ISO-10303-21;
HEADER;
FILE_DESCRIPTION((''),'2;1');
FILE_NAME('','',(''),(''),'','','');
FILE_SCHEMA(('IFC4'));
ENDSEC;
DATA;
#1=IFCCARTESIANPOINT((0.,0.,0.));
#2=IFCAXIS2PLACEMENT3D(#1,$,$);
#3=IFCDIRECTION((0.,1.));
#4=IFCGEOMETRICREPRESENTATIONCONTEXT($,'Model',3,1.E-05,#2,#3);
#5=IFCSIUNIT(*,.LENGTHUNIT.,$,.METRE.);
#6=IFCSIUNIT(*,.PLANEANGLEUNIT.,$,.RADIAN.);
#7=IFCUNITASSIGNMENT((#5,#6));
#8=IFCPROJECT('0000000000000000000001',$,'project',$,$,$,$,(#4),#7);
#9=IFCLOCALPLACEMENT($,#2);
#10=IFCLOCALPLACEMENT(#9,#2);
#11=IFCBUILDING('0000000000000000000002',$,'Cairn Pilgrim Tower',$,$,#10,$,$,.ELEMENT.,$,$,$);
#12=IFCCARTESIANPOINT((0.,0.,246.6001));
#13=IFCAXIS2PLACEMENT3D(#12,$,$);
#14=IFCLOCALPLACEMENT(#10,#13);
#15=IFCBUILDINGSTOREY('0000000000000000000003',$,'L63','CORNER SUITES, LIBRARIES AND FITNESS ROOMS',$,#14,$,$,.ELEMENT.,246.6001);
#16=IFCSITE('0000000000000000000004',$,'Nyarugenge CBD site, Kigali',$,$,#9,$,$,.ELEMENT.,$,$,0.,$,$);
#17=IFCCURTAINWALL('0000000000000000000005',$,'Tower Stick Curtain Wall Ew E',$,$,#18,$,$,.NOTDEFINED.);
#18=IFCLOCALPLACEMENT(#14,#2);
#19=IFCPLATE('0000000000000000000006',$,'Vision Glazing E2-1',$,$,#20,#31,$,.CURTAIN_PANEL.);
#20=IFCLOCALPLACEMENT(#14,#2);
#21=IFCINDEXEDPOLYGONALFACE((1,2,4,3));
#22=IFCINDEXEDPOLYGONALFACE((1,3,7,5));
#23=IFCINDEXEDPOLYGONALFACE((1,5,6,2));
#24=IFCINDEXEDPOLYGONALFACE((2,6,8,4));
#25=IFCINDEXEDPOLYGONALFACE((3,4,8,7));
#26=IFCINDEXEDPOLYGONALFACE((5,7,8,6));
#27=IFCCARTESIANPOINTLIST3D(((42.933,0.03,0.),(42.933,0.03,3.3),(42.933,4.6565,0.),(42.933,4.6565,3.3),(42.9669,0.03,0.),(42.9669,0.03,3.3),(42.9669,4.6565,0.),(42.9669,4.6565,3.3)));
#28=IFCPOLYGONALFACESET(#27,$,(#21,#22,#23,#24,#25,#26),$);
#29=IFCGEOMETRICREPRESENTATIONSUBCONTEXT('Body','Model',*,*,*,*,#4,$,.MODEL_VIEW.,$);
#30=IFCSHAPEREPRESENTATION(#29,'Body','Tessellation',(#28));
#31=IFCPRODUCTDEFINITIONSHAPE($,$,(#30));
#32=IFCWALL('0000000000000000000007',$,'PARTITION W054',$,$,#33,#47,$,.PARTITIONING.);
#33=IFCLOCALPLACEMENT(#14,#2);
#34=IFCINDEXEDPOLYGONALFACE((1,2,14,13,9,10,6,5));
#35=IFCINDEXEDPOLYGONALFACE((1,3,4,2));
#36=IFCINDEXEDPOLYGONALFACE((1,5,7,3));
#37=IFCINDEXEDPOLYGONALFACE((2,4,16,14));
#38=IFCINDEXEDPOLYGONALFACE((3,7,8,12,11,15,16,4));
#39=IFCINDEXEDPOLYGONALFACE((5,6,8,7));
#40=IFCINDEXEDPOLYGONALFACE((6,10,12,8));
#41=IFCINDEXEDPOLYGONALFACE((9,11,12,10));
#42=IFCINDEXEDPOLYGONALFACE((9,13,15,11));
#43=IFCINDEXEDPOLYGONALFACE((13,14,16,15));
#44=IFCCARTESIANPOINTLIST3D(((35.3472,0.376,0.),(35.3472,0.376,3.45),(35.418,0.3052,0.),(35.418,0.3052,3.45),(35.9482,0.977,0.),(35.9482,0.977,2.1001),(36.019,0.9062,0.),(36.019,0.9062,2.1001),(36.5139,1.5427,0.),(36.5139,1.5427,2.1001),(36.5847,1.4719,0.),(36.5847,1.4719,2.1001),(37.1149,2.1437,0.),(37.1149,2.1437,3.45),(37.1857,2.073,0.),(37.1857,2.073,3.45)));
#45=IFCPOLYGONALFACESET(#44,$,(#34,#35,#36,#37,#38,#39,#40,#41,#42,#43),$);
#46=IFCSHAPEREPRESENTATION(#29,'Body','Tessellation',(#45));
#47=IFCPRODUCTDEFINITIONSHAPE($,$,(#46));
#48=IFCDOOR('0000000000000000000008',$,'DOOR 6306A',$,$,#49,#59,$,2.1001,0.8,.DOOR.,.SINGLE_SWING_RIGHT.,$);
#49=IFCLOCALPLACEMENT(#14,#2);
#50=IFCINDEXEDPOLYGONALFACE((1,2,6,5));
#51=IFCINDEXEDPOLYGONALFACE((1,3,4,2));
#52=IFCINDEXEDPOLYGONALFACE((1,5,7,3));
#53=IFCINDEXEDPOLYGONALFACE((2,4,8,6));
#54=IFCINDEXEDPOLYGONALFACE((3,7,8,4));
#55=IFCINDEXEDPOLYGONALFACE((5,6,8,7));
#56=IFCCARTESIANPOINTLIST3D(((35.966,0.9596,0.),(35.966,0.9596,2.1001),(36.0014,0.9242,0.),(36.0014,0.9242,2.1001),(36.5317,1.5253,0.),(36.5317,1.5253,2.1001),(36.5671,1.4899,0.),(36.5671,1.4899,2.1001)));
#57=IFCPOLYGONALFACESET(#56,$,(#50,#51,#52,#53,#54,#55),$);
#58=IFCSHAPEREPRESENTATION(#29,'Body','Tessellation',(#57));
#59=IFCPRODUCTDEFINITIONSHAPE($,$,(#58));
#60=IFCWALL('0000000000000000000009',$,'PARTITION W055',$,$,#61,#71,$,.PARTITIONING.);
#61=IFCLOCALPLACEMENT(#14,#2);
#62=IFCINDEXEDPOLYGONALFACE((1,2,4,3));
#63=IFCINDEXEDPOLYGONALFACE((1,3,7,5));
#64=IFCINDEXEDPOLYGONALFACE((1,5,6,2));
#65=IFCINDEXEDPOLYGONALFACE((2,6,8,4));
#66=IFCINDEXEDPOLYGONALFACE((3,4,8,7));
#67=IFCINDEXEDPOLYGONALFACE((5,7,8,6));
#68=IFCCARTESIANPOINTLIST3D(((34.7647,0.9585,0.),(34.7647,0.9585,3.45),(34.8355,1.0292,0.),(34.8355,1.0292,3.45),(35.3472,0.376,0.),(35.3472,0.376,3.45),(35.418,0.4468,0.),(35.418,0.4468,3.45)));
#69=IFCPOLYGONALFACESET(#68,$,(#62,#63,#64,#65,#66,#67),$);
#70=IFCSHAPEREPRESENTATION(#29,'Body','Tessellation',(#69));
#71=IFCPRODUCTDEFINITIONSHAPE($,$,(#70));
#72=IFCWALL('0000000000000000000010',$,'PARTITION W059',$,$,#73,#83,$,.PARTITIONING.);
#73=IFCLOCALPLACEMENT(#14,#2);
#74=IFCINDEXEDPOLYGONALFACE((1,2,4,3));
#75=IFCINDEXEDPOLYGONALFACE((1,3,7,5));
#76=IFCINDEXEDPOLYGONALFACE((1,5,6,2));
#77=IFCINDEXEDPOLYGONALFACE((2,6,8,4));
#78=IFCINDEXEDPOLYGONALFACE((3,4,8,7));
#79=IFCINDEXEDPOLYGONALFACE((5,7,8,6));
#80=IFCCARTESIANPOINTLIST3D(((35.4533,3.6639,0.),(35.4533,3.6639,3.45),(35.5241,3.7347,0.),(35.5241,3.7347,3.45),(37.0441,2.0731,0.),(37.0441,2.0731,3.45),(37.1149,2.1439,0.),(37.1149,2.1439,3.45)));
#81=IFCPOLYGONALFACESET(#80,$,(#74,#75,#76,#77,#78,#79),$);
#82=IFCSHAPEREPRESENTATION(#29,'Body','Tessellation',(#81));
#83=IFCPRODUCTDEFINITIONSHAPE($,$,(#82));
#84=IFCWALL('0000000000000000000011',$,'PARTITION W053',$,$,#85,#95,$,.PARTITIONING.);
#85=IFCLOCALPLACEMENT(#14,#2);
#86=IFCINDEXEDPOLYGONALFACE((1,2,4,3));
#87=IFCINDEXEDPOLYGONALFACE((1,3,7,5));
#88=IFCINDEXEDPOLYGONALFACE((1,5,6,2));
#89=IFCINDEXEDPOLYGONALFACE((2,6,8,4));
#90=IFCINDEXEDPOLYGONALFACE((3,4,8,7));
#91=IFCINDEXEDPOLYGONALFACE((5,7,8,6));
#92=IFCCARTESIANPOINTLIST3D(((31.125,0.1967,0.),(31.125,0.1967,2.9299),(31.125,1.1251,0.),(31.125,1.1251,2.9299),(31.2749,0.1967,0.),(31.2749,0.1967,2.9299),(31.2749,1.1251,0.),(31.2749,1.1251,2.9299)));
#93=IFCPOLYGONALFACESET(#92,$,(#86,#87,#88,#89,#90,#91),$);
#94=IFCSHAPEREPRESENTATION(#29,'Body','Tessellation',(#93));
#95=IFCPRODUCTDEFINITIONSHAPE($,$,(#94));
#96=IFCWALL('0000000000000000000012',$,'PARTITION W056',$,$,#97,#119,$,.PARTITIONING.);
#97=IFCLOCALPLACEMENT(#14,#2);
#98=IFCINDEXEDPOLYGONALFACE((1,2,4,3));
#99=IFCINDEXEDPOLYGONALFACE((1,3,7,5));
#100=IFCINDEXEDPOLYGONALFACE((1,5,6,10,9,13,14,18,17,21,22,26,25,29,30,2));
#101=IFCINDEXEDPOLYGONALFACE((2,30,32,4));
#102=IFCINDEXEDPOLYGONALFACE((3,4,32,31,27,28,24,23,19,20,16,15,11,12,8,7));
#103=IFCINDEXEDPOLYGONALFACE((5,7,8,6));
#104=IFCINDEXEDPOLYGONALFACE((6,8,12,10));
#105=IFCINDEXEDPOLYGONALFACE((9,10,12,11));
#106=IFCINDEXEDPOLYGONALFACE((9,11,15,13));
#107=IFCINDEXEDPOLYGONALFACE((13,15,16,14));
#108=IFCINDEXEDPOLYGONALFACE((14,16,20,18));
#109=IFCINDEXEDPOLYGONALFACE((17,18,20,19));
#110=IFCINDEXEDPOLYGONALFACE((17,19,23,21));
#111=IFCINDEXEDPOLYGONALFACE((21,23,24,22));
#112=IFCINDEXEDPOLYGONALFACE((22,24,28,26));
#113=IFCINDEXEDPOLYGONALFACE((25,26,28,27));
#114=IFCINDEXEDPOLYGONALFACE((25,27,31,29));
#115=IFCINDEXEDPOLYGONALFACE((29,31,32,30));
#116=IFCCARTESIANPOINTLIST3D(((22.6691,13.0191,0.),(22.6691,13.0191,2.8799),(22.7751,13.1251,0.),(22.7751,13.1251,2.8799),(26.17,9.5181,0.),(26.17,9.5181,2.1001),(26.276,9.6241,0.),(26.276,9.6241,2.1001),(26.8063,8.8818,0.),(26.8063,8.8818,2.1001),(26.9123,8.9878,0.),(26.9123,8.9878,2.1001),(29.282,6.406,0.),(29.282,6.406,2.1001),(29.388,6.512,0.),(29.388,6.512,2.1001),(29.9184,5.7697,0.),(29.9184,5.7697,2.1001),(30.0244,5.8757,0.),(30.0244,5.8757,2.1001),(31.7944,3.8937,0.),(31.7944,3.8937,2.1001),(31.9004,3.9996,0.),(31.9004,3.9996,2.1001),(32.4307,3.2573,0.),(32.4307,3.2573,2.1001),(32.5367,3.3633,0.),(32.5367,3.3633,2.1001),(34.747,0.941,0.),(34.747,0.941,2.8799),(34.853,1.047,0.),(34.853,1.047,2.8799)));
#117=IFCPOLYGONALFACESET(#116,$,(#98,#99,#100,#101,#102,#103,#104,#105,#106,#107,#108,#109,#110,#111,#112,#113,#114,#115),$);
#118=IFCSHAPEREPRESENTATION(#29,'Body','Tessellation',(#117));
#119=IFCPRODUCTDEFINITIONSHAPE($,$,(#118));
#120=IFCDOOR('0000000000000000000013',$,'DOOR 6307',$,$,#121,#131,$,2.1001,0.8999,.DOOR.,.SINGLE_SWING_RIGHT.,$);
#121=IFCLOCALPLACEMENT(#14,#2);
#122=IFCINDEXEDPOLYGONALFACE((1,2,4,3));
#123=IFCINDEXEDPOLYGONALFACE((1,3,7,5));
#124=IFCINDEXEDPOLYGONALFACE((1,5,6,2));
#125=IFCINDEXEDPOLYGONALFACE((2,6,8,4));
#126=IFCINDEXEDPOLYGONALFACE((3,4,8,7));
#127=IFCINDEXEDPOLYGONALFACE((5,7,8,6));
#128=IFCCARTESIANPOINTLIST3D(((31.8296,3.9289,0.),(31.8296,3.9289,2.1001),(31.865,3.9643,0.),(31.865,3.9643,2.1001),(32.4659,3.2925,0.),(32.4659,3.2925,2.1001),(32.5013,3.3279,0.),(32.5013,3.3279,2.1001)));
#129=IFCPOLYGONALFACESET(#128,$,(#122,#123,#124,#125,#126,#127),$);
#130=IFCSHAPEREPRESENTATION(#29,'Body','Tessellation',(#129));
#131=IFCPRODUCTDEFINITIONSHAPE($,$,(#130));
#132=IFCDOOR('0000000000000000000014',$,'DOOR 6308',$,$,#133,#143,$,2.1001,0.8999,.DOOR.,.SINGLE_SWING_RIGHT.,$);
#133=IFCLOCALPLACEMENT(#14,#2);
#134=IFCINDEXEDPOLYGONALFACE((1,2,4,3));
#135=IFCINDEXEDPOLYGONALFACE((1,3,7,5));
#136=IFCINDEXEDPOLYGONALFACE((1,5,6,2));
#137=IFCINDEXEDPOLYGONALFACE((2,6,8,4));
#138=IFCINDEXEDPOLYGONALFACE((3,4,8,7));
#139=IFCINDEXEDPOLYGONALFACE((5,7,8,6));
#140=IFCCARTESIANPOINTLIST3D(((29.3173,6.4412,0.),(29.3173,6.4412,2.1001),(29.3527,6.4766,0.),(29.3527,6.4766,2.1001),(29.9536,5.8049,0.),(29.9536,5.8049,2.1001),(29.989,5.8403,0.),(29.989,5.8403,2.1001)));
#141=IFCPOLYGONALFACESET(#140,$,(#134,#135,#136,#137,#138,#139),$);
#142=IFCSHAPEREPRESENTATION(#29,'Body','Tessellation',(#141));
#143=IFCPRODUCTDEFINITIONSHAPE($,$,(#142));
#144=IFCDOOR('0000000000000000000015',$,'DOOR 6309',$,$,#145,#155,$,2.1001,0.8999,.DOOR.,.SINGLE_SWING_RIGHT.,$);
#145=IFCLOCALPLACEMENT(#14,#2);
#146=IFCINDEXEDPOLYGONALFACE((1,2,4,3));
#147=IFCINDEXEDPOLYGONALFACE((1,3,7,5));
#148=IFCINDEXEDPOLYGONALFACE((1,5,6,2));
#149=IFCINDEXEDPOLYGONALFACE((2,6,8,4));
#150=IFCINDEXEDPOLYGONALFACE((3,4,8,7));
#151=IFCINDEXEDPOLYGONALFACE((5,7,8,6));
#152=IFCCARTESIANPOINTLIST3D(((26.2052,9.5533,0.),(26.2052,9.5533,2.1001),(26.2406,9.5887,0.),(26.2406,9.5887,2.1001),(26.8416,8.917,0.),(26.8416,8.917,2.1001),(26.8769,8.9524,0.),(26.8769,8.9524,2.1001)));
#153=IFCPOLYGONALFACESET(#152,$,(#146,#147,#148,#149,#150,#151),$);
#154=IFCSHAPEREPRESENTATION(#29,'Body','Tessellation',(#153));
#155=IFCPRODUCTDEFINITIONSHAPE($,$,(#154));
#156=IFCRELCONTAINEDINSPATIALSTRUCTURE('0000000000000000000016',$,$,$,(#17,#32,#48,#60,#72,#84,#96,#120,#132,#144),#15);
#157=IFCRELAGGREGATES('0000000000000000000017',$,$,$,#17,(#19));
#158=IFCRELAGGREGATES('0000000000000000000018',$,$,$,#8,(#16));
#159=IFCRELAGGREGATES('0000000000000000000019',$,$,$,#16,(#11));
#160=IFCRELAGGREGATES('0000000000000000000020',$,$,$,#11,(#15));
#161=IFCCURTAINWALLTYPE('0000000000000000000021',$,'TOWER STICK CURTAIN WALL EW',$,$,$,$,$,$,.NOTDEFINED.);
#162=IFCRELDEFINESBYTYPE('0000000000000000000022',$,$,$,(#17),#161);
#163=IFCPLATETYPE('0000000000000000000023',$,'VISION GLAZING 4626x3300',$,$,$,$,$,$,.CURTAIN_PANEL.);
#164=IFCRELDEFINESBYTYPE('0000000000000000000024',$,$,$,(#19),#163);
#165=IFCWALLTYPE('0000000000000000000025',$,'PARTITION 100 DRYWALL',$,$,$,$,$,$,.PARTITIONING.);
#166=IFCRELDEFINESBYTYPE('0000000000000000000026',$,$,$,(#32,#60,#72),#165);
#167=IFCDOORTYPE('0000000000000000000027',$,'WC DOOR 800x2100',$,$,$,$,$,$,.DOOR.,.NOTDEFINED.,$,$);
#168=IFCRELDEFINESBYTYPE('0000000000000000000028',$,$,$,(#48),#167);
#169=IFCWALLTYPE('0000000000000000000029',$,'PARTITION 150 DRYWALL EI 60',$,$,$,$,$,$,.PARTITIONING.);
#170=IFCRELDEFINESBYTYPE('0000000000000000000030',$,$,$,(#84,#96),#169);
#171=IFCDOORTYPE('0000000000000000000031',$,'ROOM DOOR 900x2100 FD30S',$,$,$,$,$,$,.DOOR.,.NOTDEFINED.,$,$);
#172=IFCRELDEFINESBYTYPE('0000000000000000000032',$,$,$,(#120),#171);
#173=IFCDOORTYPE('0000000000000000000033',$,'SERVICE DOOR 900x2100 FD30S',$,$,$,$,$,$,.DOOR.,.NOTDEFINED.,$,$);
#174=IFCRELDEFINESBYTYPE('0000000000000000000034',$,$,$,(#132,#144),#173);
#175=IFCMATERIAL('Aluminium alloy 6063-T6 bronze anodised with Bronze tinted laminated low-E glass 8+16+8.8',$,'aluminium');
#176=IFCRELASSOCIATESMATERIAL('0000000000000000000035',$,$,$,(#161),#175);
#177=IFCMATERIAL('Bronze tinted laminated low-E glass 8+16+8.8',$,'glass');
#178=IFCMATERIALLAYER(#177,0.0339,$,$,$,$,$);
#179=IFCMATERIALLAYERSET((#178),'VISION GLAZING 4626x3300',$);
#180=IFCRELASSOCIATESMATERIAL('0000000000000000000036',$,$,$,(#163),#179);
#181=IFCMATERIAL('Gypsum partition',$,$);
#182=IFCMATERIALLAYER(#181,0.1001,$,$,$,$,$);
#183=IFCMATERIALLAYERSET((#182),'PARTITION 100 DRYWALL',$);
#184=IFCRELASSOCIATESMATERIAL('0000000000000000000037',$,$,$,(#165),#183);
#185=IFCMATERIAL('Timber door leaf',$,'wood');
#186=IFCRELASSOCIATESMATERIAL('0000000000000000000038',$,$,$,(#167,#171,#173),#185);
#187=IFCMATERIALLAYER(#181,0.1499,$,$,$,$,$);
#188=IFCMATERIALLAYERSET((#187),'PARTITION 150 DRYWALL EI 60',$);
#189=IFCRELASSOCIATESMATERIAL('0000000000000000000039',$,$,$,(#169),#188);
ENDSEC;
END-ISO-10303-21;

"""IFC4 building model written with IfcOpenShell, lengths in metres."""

from ifc_helpers import new_model, si_unit, direction, frame, frame_2d, origin, origin_2d, place, context, subcontext, project, spatial, rectangle, extrude, material, layer, layer_set, type_object, element, fill, aggregate, save


model = new_model("IFC4")

# Units and contexts
model_context = context("Model", 3, precision=1e-05, world=origin(), true_north=direction((0.0, 1.0)))
body_context = subcontext(model_context, "Body", "Model", "MODEL_VIEW")
ifc_project = project(units=[si_unit("LENGTHUNIT", "METRE"), si_unit("PLANEANGLEUNIT", "RADIAN")], contexts=[model_context])

# Site, building, storey
site_placement = place(None, origin())
site = spatial("IfcSite", under=ifc_project, at=site_placement, Name="Nyarugenge CBD site, Kigali", CompositionType="ELEMENT", RefElevation=0.0)
building_placement = place(site_placement, origin())
building = spatial("IfcBuilding", under=site, at=building_placement, Name="Cairn Pilgrim Tower", CompositionType="ELEMENT")
storey_placement = place(building_placement, frame((0.0, 0.0, 246.6001)))
storey = spatial("IfcBuildingStorey", under=building, at=storey_placement, Name="L63", Description="CORNER SUITES, LIBRARIES AND FITNESS ROOMS", CompositionType="ELEMENT", Elevation=246.6001)

# Curtain wall
ifc_material_1 = material(Name="Aluminium alloy 6063-T6 bronze anodised with Bronze tinted laminated low-E glass 8+16+8.8", Category="aluminium")
curtain_wall_type_1 = type_object("IfcCurtainWallType", Name="TOWER STICK CURTAIN WALL EW", PredefinedType="NOTDEFINED", material=ifc_material_1)
curtain_wall_1_placement = place(storey_placement, origin())
curtain_wall_1 = element("IfcCurtainWall", 1, at=curtain_wall_1_placement, inside=storey, type_object=curtain_wall_type_1, Name="Tower Stick Curtain Wall Ew E", PredefinedType="NOTDEFINED")

# Plate
ifc_material_2 = material(Name="Bronze tinted laminated low-E glass 8+16+8.8", Category="glass")
ifc_layer_1 = layer(ifc_material_2, 0.0339)
ifc_layer_set_1 = layer_set([ifc_layer_1], Name="VISION GLAZING 4626x3300")
plate_type_1 = type_object("IfcPlateType", Name="VISION GLAZING 4626x3300", PredefinedType="CURTAIN_PANEL", material=ifc_layer_set_1)
plate_1_placement = place(storey_placement, frame((42.95, 2.3433, 0.0), z_axis=(0.0, 0.0, 1.0), x_axis=(0.0, 1.0, 0.0)))
plate_1 = element("IfcPlate", 2, at=plate_1_placement, type_object=plate_type_1, Name="Vision Glazing E2-1", PredefinedType="CURTAIN_PANEL", context=body_context, shape_type="SweptSolid", body=[
    extrude(rectangle(XDim=4.6265, YDim=0.0339, at=origin_2d()), origin(), (0.0, 0.0, 1.0), 3.3),
])
aggregate(curtain_wall_1, [plate_1])

# Wall, opening, door
ifc_material_3 = material(Name="Gypsum partition")
ifc_layer_2 = layer(ifc_material_3, 0.1001)
ifc_layer_set_2 = layer_set([ifc_layer_2], Name="PARTITION 100 DRYWALL")
wall_type_1 = type_object("IfcWallType", Name="PARTITION 100 DRYWALL", PredefinedType="PARTITIONING", material=ifc_layer_set_2)
wall_1_placement = place(storey_placement, frame((35.3826, 0.3406, 0.0), z_axis=(0.0, 0.0, 1.0), x_axis=(0.707107, 0.707107, 0.0)))
wall_1 = element("IfcWall", 3, at=wall_1_placement, inside=storey, type_object=wall_type_1, Name="PARTITION W054", PredefinedType="PARTITIONING", context=body_context, shape_type="SweptSolid", body=[
    extrude(rectangle(XDim=2.5, YDim=0.1001, at=frame_2d((1.25, 0.0))), origin(), (0.0, 0.0, 1.0), 3.45),
])
opening_1_placement = place(wall_1_placement, frame((0.8501, 0.0, 0.0)))
opening_1 = element("IfcOpeningElement", 4, at=opening_1_placement, cuts=wall_1, PredefinedType="OPENING", context=body_context, shape_type="SweptSolid", body=[
    extrude(rectangle(XDim=0.8, YDim=2.1001, at=frame_2d((0.3999, 1.05))), frame((0.0, 0.0601, 0.0), z_axis=(0.0, -1.0, 0.0), x_axis=(1.0, 0.0, 0.0)), (0.0, 0.0, 1.0), 0.1201),
])
ifc_material_4 = material(Name="Timber door leaf", Category="wood")
door_type_1 = type_object("IfcDoorType", Name="WC DOOR 800x2100", OperationType="NOTDEFINED", PredefinedType="DOOR", material=ifc_material_4)
door_1_placement = place(opening_1_placement, frame((0.8, 0.0, 0.0), z_axis=(0.0, 0.0, 1.0), x_axis=(-1.0, 0.0, 0.0)))
door_1 = element("IfcDoor", 5, at=door_1_placement, inside=storey, type_object=door_type_1, Name="DOOR 6306A", OperationType="SINGLE_SWING_RIGHT", OverallHeight=2.1001, OverallWidth=0.8, PredefinedType="DOOR", context=body_context, shape_type="SweptSolid", body=[
    extrude(rectangle(XDim=0.8, YDim=2.1001, at=frame_2d((0.3999, 1.05))), frame((0.0, 0.0249, 0.0), z_axis=(0.0, -1.0, 0.0), x_axis=(1.0, 0.0, 0.0)), (0.0, 0.0, 1.0), 0.05),
])
fill(opening_1, door_1)

# Walls
wall_2_placement = place(storey_placement, frame((35.3826, 0.4114, 0.0), z_axis=(0.0, 0.0, 1.0), x_axis=(-0.707107, 0.707107, 0.0)))
element("IfcWall", 6, at=wall_2_placement, inside=storey, type_object=wall_type_1, Name="PARTITION W055", PredefinedType="PARTITIONING", context=body_context, shape_type="SweptSolid", body=[
    extrude(rectangle(XDim=0.8237, YDim=0.1001, at=frame_2d((0.4119, 0.0))), origin(), (0.0, 0.0, 1.0), 3.45),
])
wall_3_placement = place(storey_placement, frame((37.0796, 2.1084, 0.0), z_axis=(0.0, 0.0, 1.0), x_axis=(-0.707107, 0.707107, 0.0)))
element("IfcWall", 7, at=wall_3_placement, inside=storey, type_object=wall_type_1, Name="PARTITION W059", PredefinedType="PARTITIONING", context=body_context, shape_type="SweptSolid", body=[
    extrude(rectangle(XDim=2.2498, YDim=0.1001, at=frame_2d((1.125, 0.0))), origin(), (0.0, 0.0, 1.0), 3.45),
])
ifc_layer_3 = layer(ifc_material_3, 0.1499)
ifc_layer_set_3 = layer_set([ifc_layer_3], Name="PARTITION 150 DRYWALL EI 60")
wall_type_2 = type_object("IfcWallType", Name="PARTITION 150 DRYWALL EI 60", PredefinedType="PARTITIONING", material=ifc_layer_set_3)
wall_4_placement = place(storey_placement, frame((31.2, 0.1965, 0.0), z_axis=(0.0, 0.0, 1.0), x_axis=(0.0, 1.0, 0.0)))
element("IfcWall", 8, at=wall_4_placement, inside=storey, type_object=wall_type_2, Name="PARTITION W053", PredefinedType="PARTITIONING", context=body_context, shape_type="SweptSolid", body=[
    extrude(rectangle(XDim=0.9285, YDim=0.1499, at=frame_2d((0.4644, 0.0))), origin(), (0.0, 0.0, 1.0), 2.9299),
])

# Wall, openings, doors
wall_5_placement = place(storey_placement, frame((34.8, 0.9939, 0.0), z_axis=(0.0, 0.0, 1.0), x_axis=(-0.7071, 0.707114, 0.0)))
wall_5 = element("IfcWall", 9, at=wall_5_placement, inside=storey, type_object=wall_type_2, Name="PARTITION W056", PredefinedType="PARTITIONING", context=body_context, shape_type="SweptSolid", body=[
    extrude(rectangle(XDim=17.0808, YDim=0.1499, at=frame_2d((8.5405, 0.0))), origin(), (0.0, 0.0, 1.0), 2.8799),
])
opening_2_placement = place(wall_5_placement, frame((3.2759, 0.0, 0.0)))
opening_2 = element("IfcOpeningElement", 10, at=opening_2_placement, cuts=wall_5, PredefinedType="OPENING", context=body_context, shape_type="SweptSolid", body=[
    extrude(rectangle(XDim=0.8999, YDim=2.1001, at=frame_2d((0.45, 1.05))), frame((0.0, 0.085, 0.0), z_axis=(0.0, -1.0, 0.0), x_axis=(1.0, 0.0, 0.0)), (0.0, 0.0, 1.0), 0.1699),
])
opening_3_placement = place(wall_5_placement, frame((6.8289, 0.0, 0.0)))
opening_3 = element("IfcOpeningElement", 11, at=opening_3_placement, cuts=wall_5, PredefinedType="OPENING", context=body_context, shape_type="SweptSolid", body=[
    extrude(rectangle(XDim=0.8999, YDim=2.1001, at=frame_2d((0.45, 1.05))), frame((0.0, 0.085, 0.0), z_axis=(0.0, -1.0, 0.0), x_axis=(1.0, 0.0, 0.0)), (0.0, 0.0, 1.0), 0.1699),
])
opening_4_placement = place(wall_5_placement, frame((11.23, 0.0, 0.0)))
opening_4 = element("IfcOpeningElement", 12, at=opening_4_placement, cuts=wall_5, PredefinedType="OPENING", context=body_context, shape_type="SweptSolid", body=[
    extrude(rectangle(XDim=0.8999, YDim=2.1001, at=frame_2d((0.45, 1.05))), frame((0.0, 0.085, 0.0), z_axis=(0.0, -1.0, 0.0), x_axis=(1.0, 0.0, 0.0)), (0.0, 0.0, 1.0), 0.1699),
])
door_type_2 = type_object("IfcDoorType", Name="ROOM DOOR 900x2100 FD30S", OperationType="NOTDEFINED", PredefinedType="DOOR", material=ifc_material_4)
door_2_placement = place(opening_2_placement, frame((0.8999, 0.0, 0.0), z_axis=(0.0, 0.0, 1.0), x_axis=(-1.0, 0.0, 0.0)))
door_2 = element("IfcDoor", 13, at=door_2_placement, inside=storey, type_object=door_type_2, Name="DOOR 6307", OperationType="SINGLE_SWING_RIGHT", OverallHeight=2.1001, OverallWidth=0.8999, PredefinedType="DOOR", context=body_context, shape_type="SweptSolid", body=[
    extrude(rectangle(XDim=0.8999, YDim=2.1001, at=frame_2d((0.45, 1.05))), frame((0.0, 0.0249, 0.0), z_axis=(0.0, -1.0, 0.0), x_axis=(1.0, 0.0, 0.0)), (0.0, 0.0, 1.0), 0.05),
])
fill(opening_2, door_2)
door_type_3 = type_object("IfcDoorType", Name="SERVICE DOOR 900x2100 FD30S", OperationType="NOTDEFINED", PredefinedType="DOOR", material=ifc_material_4)
door_3_placement = place(opening_3_placement, frame((0.8999, 0.0, 0.0), z_axis=(0.0, 0.0, 1.0), x_axis=(-1.0, 0.0, 0.0)))
door_3 = element("IfcDoor", 14, at=door_3_placement, inside=storey, type_object=door_type_3, Name="DOOR 6308", OperationType="SINGLE_SWING_RIGHT", OverallHeight=2.1001, OverallWidth=0.8999, PredefinedType="DOOR", context=body_context, shape_type="SweptSolid", body=[
    extrude(rectangle(XDim=0.8999, YDim=2.1001, at=frame_2d((0.45, 1.05))), frame((0.0, 0.0249, 0.0), z_axis=(0.0, -1.0, 0.0), x_axis=(1.0, 0.0, 0.0)), (0.0, 0.0, 1.0), 0.05),
])
fill(opening_3, door_3)
door_4_placement = place(opening_4_placement, frame((0.8999, 0.0, 0.0), z_axis=(0.0, 0.0, 1.0), x_axis=(-1.0, 0.0, 0.0)))
door_4 = element("IfcDoor", 15, at=door_4_placement, inside=storey, type_object=door_type_3, Name="DOOR 6309", OperationType="SINGLE_SWING_RIGHT", OverallHeight=2.1001, OverallWidth=0.8999, PredefinedType="DOOR", context=body_context, shape_type="SweptSolid", body=[
    extrude(rectangle(XDim=0.8999, YDim=2.1001, at=frame_2d((0.45, 1.05))), frame((0.0, 0.0249, 0.0), z_axis=(0.0, -1.0, 0.0), x_axis=(1.0, 0.0, 0.0)), (0.0, 0.0, 1.0), 0.05),
])
fill(opening_4, door_4)

save(model, "model.ifc")
